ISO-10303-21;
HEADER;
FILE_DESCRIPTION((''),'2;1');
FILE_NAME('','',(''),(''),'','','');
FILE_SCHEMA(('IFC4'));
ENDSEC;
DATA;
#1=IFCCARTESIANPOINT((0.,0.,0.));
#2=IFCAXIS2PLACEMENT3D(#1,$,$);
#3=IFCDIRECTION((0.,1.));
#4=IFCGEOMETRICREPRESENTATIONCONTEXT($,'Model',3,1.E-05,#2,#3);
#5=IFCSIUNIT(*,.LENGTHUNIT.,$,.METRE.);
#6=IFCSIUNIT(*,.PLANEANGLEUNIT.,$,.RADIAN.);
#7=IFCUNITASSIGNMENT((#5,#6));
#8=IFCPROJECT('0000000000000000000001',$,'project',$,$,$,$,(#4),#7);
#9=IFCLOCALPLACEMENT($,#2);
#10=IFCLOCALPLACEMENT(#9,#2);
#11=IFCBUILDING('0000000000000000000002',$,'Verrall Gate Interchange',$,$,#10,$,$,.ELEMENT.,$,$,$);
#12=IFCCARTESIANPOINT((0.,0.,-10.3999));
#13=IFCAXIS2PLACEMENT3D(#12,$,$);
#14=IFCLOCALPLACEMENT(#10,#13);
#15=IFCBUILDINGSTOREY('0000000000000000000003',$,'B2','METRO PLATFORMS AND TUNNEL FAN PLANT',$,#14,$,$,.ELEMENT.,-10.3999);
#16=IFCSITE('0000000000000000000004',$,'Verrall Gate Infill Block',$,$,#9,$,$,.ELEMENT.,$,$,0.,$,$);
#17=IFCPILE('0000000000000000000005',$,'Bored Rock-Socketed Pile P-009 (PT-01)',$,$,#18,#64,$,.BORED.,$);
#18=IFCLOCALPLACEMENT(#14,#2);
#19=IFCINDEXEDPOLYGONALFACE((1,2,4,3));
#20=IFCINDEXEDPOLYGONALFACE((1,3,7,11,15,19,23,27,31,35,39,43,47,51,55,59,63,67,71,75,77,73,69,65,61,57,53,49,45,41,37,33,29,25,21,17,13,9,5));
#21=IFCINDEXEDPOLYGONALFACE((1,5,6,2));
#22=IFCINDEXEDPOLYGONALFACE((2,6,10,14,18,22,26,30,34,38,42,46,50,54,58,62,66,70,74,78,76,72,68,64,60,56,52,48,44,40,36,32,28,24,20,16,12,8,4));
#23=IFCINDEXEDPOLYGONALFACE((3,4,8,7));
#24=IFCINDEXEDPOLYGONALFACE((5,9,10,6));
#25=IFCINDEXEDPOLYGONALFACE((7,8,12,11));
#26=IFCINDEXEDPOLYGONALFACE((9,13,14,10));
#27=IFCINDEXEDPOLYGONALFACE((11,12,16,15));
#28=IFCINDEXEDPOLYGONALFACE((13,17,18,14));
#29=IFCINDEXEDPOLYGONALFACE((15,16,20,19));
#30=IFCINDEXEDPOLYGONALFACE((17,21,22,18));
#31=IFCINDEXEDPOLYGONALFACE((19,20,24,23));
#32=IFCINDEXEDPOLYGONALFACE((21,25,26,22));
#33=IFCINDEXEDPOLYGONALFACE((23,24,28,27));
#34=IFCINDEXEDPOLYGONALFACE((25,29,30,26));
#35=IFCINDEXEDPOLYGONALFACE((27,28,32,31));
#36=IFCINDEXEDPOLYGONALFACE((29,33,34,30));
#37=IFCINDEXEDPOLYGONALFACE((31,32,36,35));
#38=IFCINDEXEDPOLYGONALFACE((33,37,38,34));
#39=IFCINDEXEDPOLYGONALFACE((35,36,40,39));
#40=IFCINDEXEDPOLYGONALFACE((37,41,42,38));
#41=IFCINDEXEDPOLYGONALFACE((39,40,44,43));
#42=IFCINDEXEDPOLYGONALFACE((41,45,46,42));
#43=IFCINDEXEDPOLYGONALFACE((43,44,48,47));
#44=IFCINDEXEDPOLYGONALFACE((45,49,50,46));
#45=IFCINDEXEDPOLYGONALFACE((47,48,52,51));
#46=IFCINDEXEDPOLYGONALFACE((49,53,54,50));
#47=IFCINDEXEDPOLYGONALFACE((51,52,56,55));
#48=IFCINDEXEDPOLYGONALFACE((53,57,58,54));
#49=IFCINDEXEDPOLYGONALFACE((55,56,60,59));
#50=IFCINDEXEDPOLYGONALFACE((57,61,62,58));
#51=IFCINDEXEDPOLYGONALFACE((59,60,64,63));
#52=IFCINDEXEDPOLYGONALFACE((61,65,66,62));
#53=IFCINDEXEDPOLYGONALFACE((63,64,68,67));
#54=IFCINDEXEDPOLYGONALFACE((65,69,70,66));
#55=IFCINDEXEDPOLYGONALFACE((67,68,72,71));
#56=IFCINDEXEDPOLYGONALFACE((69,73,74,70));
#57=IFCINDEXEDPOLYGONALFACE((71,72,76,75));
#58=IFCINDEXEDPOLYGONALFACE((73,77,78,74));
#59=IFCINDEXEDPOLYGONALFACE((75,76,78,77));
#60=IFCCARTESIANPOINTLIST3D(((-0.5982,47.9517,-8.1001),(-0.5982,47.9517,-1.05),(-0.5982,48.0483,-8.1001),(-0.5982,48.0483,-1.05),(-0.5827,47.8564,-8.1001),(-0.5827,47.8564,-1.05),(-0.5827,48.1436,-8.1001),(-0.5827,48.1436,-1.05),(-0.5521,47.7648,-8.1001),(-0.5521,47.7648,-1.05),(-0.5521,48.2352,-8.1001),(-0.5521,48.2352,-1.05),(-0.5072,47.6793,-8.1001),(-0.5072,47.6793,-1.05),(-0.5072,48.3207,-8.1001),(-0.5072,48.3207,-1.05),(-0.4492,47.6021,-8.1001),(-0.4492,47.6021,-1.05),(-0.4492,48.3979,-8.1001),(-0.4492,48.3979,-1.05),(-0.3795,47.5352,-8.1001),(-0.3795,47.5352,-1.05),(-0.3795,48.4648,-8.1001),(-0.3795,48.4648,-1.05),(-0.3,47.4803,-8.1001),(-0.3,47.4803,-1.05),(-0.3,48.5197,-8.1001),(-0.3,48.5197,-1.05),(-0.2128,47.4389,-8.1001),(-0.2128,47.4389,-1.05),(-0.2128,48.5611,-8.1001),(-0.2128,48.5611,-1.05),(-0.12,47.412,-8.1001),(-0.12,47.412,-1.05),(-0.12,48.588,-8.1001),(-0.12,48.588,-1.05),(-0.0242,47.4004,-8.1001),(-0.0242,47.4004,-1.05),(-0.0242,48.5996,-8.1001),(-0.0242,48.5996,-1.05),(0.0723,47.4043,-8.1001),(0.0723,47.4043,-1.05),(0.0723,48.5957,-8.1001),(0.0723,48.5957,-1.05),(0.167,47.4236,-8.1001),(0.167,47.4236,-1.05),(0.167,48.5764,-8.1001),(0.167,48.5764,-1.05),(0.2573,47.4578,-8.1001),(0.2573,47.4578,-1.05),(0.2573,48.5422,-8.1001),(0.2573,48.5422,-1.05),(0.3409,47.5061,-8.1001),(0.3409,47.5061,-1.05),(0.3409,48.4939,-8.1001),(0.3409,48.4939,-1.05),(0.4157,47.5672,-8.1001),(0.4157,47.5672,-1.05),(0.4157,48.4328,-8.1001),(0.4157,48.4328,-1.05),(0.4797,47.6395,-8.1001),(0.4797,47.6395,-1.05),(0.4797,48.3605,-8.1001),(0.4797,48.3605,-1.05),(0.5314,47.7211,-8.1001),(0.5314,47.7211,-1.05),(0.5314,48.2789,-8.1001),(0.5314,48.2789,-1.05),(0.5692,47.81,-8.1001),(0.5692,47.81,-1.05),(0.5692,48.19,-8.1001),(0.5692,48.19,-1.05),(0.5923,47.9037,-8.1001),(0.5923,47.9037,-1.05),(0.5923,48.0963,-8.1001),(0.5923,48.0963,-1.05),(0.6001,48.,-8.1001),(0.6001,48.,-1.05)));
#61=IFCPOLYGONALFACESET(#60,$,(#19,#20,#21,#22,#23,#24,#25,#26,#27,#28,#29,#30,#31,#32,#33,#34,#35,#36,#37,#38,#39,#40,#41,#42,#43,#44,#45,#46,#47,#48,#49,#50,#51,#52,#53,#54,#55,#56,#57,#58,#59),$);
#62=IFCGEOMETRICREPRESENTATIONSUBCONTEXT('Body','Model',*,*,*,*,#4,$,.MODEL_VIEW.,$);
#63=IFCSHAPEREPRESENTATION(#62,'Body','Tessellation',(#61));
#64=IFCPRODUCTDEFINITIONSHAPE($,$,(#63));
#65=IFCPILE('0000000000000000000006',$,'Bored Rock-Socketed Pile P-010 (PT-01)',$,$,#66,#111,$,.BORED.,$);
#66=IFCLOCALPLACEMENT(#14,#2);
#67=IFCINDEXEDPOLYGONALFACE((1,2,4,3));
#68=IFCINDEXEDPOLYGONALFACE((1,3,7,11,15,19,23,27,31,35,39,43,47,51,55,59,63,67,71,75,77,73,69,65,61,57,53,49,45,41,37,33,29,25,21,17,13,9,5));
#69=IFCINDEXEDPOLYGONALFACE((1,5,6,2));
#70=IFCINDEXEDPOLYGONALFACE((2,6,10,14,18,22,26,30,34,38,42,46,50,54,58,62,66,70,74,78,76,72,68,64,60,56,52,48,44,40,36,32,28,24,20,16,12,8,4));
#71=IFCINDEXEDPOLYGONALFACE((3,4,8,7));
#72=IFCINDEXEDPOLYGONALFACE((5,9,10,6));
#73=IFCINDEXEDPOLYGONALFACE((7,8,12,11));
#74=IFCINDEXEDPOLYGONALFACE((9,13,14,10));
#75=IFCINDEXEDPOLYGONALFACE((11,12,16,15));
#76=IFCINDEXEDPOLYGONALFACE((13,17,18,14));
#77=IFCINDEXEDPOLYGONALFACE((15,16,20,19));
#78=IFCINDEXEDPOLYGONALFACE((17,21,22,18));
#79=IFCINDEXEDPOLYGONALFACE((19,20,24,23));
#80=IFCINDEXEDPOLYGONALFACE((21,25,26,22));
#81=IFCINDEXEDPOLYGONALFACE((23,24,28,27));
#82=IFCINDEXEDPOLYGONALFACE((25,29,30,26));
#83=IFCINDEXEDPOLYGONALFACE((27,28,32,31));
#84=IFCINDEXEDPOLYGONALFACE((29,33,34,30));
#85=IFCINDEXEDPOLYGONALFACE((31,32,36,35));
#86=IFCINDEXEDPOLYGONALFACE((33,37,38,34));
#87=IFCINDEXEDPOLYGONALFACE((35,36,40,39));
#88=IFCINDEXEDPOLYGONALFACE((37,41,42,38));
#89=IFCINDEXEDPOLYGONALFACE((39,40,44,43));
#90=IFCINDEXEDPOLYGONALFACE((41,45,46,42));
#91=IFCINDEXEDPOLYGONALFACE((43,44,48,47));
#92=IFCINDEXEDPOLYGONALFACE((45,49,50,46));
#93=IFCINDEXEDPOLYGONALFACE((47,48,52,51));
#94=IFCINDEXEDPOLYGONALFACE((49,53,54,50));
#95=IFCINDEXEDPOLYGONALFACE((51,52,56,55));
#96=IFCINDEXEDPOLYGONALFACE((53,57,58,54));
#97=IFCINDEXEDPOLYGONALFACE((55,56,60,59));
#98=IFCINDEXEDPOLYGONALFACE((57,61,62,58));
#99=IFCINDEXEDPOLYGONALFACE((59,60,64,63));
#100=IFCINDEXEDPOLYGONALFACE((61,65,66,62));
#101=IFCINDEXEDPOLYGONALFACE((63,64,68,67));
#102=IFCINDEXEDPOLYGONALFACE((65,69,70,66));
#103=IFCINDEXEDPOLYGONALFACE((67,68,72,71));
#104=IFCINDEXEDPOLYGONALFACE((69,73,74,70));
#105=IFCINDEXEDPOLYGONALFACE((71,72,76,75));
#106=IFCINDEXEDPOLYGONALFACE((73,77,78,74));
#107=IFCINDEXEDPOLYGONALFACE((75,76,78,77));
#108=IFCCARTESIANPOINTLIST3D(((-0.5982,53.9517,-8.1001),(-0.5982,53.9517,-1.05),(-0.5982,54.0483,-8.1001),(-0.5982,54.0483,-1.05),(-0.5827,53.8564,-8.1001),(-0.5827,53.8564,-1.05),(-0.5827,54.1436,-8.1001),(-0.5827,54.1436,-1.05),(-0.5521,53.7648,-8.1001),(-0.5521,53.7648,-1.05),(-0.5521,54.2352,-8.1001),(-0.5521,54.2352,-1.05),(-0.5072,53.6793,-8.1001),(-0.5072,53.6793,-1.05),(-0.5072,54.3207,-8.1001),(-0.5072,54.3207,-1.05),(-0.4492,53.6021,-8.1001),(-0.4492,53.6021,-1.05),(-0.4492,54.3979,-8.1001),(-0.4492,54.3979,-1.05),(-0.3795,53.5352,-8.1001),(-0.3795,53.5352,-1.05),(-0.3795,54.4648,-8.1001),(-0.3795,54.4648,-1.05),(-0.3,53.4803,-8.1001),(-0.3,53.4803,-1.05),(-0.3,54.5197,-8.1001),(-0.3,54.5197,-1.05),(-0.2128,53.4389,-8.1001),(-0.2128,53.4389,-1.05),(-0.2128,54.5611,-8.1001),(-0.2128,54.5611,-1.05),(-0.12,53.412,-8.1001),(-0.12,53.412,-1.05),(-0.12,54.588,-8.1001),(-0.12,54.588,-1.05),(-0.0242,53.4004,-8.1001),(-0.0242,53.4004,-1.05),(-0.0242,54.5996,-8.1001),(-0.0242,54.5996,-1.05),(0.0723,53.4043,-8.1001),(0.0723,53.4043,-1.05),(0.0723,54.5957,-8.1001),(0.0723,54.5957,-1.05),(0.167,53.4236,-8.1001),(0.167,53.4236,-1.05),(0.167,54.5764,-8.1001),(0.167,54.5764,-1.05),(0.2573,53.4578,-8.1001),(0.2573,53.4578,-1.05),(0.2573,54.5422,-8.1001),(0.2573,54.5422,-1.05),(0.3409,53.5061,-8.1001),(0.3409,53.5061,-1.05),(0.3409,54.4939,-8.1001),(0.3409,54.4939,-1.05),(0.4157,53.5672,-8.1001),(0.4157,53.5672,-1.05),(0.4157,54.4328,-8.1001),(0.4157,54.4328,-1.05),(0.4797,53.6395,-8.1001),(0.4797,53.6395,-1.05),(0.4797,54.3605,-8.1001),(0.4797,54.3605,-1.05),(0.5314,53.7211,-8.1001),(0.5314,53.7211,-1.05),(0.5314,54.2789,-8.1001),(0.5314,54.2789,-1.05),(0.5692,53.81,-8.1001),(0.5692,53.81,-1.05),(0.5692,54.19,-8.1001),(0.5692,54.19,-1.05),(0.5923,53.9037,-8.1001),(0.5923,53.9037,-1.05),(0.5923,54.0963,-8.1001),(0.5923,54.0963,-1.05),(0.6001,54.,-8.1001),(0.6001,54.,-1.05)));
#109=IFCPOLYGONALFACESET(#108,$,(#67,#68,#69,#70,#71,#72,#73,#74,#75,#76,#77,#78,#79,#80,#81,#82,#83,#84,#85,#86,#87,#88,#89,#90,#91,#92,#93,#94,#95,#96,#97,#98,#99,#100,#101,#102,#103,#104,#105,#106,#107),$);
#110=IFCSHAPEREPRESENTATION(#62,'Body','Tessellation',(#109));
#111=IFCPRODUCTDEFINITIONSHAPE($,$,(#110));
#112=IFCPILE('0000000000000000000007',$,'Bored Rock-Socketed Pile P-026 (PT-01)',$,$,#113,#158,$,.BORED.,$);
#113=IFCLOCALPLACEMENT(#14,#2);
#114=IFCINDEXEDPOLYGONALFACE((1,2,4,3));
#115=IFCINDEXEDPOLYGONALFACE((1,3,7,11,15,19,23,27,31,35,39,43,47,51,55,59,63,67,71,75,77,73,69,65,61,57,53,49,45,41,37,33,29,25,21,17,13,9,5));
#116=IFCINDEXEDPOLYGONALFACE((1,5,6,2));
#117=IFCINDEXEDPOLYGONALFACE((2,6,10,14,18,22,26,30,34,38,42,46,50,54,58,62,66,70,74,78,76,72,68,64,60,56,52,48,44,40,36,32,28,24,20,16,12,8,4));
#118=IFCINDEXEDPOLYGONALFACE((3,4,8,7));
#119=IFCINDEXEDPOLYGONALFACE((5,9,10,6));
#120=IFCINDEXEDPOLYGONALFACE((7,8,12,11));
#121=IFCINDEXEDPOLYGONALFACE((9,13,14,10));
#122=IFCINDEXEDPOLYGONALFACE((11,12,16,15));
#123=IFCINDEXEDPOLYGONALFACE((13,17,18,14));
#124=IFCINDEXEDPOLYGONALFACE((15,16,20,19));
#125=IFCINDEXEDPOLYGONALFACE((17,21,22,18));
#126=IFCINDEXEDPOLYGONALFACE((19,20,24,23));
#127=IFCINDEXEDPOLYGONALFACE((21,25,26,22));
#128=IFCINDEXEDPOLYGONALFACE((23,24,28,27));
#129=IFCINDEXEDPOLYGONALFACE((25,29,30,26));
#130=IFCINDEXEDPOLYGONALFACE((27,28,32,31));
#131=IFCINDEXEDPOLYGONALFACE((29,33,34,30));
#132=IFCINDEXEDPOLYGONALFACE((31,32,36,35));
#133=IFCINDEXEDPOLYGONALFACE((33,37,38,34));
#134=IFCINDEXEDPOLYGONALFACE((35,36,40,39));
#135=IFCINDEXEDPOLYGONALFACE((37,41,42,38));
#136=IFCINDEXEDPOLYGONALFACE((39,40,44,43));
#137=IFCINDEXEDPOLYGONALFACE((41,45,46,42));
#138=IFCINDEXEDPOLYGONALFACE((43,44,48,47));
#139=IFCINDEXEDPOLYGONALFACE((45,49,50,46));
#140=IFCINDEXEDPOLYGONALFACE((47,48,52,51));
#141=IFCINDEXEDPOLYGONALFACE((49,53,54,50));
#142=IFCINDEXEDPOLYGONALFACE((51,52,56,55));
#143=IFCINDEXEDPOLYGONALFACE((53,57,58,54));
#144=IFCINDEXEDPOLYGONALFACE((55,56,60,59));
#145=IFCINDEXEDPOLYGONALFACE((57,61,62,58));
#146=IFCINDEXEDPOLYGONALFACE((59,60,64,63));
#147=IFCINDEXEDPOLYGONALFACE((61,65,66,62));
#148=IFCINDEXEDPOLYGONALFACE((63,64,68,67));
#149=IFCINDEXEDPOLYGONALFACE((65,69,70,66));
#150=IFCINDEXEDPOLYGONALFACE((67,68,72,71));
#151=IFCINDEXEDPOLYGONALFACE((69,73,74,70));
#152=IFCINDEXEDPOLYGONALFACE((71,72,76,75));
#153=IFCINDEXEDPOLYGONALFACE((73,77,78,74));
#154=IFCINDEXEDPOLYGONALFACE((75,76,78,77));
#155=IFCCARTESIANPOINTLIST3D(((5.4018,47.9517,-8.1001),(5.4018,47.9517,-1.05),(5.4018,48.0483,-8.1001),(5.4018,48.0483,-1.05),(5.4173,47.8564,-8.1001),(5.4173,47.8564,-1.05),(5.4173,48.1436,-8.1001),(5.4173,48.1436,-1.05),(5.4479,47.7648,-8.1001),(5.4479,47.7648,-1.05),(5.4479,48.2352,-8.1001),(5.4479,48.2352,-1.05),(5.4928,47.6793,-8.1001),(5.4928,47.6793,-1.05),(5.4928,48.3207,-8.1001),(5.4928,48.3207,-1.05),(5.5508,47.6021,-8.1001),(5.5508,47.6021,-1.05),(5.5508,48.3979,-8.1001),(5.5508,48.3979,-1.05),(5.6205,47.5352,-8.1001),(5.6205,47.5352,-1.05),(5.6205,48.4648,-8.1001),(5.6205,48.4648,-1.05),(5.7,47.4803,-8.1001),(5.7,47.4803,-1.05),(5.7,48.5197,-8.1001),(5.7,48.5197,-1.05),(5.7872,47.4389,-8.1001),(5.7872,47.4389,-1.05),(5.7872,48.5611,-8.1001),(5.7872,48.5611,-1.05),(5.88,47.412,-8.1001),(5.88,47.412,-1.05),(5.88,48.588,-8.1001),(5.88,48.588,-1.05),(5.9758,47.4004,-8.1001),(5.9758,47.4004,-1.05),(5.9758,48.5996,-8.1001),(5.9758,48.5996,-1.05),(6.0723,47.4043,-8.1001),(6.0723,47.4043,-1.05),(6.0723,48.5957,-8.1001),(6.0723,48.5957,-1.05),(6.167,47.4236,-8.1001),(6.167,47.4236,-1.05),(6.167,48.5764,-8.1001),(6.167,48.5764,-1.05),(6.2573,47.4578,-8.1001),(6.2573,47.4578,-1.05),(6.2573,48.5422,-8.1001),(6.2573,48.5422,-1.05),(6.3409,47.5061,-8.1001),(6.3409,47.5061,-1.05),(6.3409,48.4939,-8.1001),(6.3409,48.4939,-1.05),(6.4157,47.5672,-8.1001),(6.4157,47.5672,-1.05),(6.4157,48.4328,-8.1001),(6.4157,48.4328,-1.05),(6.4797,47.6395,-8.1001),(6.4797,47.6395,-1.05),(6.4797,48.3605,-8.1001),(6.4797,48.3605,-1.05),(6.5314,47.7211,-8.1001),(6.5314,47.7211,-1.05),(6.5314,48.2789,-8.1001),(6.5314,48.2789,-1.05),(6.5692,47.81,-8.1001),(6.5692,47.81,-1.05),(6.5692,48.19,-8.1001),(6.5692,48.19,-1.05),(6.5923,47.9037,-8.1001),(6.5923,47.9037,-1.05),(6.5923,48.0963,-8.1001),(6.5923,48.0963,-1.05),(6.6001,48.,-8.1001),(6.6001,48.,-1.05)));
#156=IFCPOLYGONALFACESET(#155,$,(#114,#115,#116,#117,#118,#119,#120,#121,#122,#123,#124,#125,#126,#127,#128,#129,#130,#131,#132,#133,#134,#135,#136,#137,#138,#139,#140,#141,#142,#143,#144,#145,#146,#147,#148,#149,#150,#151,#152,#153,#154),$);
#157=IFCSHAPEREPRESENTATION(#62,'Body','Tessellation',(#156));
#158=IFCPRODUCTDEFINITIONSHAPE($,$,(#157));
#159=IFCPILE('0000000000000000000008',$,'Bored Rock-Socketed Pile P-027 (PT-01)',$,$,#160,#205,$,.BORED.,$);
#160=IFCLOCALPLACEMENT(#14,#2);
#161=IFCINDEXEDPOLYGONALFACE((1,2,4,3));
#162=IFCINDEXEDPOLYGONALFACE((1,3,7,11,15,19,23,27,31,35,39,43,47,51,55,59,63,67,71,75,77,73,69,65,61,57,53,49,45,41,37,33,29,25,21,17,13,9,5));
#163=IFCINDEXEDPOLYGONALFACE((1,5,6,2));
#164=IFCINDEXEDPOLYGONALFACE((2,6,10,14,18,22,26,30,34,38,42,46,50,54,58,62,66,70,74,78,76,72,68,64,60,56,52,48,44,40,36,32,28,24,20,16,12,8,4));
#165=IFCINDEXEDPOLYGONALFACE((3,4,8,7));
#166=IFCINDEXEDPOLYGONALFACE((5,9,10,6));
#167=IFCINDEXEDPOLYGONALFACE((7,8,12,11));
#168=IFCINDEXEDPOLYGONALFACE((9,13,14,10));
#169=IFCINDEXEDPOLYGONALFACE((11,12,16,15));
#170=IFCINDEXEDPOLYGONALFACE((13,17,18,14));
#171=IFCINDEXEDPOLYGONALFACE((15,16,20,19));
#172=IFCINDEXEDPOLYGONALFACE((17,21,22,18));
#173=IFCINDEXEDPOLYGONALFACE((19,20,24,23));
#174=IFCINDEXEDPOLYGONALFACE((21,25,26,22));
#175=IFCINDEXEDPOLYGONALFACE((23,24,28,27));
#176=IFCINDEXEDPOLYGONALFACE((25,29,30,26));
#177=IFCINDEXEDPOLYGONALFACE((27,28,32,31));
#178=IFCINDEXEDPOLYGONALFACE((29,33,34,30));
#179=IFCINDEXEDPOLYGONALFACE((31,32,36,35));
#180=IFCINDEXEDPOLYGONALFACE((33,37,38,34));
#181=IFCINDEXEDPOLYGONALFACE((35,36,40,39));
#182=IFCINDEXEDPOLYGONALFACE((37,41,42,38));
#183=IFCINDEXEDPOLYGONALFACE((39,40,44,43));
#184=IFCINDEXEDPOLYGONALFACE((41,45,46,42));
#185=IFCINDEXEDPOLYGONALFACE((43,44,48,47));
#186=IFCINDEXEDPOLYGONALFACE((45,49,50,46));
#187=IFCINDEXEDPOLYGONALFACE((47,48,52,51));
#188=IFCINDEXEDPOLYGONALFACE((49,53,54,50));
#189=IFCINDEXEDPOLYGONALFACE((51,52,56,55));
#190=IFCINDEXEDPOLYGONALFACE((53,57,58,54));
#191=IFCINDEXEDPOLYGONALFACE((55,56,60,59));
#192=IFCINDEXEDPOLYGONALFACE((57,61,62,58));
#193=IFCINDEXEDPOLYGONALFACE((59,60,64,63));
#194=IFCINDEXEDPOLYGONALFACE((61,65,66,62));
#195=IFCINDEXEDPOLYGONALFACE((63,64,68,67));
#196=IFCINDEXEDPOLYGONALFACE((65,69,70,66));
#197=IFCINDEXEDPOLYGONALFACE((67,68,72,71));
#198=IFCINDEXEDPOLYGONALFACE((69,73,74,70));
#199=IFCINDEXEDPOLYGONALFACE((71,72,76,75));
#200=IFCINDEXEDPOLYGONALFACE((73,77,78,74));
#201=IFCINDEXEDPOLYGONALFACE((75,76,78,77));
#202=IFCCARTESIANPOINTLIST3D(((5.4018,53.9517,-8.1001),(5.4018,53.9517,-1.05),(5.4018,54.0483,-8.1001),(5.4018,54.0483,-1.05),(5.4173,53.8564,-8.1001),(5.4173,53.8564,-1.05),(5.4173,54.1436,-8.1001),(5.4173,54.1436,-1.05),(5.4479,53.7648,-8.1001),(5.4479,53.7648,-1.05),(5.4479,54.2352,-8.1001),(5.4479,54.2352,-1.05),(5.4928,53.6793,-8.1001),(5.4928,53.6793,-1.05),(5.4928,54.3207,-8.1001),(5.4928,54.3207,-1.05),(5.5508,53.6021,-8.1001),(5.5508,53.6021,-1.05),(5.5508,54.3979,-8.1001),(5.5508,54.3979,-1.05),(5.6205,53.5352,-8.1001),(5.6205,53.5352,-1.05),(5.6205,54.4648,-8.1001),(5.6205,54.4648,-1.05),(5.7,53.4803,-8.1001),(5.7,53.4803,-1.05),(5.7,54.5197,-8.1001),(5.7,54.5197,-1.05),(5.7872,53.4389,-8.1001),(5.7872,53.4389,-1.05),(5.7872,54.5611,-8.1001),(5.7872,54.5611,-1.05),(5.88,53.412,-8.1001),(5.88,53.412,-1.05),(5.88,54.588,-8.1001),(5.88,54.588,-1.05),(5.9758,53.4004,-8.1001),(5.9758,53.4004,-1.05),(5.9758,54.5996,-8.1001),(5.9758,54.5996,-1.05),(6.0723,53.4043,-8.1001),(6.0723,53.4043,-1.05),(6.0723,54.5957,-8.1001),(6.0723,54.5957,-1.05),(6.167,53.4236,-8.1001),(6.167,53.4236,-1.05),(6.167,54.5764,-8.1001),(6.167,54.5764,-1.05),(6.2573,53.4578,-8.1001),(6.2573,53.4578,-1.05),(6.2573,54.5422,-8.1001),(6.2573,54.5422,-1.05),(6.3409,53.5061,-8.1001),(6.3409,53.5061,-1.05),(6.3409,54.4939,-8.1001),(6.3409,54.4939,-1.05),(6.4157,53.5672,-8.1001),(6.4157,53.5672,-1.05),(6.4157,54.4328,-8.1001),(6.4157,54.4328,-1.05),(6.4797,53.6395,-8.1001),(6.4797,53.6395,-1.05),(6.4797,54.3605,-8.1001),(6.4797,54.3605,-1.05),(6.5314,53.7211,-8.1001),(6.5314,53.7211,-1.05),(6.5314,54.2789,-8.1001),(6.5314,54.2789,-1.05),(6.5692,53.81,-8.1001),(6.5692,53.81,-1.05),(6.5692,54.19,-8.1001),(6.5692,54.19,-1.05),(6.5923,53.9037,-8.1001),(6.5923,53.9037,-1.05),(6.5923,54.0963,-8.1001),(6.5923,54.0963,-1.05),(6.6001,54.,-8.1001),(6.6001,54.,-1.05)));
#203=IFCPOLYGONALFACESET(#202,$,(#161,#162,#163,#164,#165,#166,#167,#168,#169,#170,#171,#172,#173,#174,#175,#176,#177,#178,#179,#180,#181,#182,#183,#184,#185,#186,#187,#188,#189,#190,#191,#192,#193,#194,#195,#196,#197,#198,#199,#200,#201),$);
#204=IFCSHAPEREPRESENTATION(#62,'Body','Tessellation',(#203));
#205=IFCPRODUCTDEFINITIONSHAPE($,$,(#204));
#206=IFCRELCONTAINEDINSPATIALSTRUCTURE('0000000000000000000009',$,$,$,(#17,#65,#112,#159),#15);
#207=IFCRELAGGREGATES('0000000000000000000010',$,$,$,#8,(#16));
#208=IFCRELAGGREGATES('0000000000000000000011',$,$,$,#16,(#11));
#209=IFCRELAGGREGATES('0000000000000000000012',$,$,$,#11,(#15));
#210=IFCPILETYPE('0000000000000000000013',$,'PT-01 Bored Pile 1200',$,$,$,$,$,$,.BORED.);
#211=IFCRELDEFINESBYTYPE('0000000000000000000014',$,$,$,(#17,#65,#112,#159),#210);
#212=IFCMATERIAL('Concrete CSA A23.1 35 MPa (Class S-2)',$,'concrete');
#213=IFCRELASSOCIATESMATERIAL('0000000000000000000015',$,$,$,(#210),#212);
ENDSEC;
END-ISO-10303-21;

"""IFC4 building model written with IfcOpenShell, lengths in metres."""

from ifc_helpers import new_model, si_unit, direction, frame, origin, origin_2d, place, context, subcontext, project, spatial, circle, extrude, material, material_profile, profile_set, type_object, element, save


model = new_model("IFC4")

# Units and contexts
model_context = context("Model", 3, precision=1e-05, world=origin(), true_north=direction((0.0, 1.0)))
body_context = subcontext(model_context, "Body", "Model", "MODEL_VIEW")
ifc_project = project(units=[si_unit("LENGTHUNIT", "METRE"), si_unit("PLANEANGLEUNIT", "RADIAN")], contexts=[model_context])

# Site, building, storey
site_placement = place(None, origin())
site = spatial("IfcSite", under=ifc_project, at=site_placement, Name="Verrall Gate Infill Block", CompositionType="ELEMENT", RefElevation=0.0)
building_placement = place(site_placement, origin())
building = spatial("IfcBuilding", under=site, at=building_placement, Name="Verrall Gate Interchange", CompositionType="ELEMENT")
storey_placement = place(building_placement, frame((0.0, 0.0, -10.3999)))
storey = spatial("IfcBuildingStorey", under=building, at=storey_placement, Name="B2", Description="METRO PLATFORMS AND TUNNEL FAN PLANT", CompositionType="ELEMENT", Elevation=-10.3999)

# Piles
ifc_material_1 = material(Name="Concrete CSA A23.1 35 MPa (Class S-2)", Category="concrete")
ifc_material_profile_1 = material_profile(ifc_material_1, circle(Radius=0.6001, at=origin_2d()), Name="PILE1200D")
ifc_profile_set_1 = profile_set([ifc_material_profile_1], Name="Concrete CSA A23.1 35 MPa (Class S-2)")
pile_type = type_object("IfcPileType", Name="PT-01 Bored Pile 1200", PredefinedType="BORED", material=ifc_profile_set_1)
for number, where, z_axis, x_axis, name in (
    (1, (0.0, 48.0, -1.05), (0.0, 0.0, -1.0), (1.0, 0.0, 0.0), "Bored Rock-Socketed Pile P-009 (PT-01)"),
    (2, (0.0, 54.0, -1.05), (0.0, 0.0, -1.0), (1.0, 0.0, 0.0), "Bored Rock-Socketed Pile P-010 (PT-01)"),
    (3, (6.0, 48.0, -1.05), (0.0, 0.0, -1.0), (1.0, 0.0, 0.0), "Bored Rock-Socketed Pile P-026 (PT-01)"),
    (4, (6.0, 54.0, -1.05), (0.0, 0.0, -1.0), (1.0, 0.0, 0.0), "Bored Rock-Socketed Pile P-027 (PT-01)"),
):
    element("IfcPile", number, at=place(storey_placement, frame(where, z_axis=z_axis, x_axis=x_axis)), inside=storey, type_object=pile_type, Name=name, PredefinedType="BORED", context=body_context, shape_type="SweptSolid", body=[
        extrude(circle(Radius=0.6001, at=origin_2d()), origin(), (0.0, 0.0, 1.0), 7.05),
    ])

save(model, "model.ifc")
